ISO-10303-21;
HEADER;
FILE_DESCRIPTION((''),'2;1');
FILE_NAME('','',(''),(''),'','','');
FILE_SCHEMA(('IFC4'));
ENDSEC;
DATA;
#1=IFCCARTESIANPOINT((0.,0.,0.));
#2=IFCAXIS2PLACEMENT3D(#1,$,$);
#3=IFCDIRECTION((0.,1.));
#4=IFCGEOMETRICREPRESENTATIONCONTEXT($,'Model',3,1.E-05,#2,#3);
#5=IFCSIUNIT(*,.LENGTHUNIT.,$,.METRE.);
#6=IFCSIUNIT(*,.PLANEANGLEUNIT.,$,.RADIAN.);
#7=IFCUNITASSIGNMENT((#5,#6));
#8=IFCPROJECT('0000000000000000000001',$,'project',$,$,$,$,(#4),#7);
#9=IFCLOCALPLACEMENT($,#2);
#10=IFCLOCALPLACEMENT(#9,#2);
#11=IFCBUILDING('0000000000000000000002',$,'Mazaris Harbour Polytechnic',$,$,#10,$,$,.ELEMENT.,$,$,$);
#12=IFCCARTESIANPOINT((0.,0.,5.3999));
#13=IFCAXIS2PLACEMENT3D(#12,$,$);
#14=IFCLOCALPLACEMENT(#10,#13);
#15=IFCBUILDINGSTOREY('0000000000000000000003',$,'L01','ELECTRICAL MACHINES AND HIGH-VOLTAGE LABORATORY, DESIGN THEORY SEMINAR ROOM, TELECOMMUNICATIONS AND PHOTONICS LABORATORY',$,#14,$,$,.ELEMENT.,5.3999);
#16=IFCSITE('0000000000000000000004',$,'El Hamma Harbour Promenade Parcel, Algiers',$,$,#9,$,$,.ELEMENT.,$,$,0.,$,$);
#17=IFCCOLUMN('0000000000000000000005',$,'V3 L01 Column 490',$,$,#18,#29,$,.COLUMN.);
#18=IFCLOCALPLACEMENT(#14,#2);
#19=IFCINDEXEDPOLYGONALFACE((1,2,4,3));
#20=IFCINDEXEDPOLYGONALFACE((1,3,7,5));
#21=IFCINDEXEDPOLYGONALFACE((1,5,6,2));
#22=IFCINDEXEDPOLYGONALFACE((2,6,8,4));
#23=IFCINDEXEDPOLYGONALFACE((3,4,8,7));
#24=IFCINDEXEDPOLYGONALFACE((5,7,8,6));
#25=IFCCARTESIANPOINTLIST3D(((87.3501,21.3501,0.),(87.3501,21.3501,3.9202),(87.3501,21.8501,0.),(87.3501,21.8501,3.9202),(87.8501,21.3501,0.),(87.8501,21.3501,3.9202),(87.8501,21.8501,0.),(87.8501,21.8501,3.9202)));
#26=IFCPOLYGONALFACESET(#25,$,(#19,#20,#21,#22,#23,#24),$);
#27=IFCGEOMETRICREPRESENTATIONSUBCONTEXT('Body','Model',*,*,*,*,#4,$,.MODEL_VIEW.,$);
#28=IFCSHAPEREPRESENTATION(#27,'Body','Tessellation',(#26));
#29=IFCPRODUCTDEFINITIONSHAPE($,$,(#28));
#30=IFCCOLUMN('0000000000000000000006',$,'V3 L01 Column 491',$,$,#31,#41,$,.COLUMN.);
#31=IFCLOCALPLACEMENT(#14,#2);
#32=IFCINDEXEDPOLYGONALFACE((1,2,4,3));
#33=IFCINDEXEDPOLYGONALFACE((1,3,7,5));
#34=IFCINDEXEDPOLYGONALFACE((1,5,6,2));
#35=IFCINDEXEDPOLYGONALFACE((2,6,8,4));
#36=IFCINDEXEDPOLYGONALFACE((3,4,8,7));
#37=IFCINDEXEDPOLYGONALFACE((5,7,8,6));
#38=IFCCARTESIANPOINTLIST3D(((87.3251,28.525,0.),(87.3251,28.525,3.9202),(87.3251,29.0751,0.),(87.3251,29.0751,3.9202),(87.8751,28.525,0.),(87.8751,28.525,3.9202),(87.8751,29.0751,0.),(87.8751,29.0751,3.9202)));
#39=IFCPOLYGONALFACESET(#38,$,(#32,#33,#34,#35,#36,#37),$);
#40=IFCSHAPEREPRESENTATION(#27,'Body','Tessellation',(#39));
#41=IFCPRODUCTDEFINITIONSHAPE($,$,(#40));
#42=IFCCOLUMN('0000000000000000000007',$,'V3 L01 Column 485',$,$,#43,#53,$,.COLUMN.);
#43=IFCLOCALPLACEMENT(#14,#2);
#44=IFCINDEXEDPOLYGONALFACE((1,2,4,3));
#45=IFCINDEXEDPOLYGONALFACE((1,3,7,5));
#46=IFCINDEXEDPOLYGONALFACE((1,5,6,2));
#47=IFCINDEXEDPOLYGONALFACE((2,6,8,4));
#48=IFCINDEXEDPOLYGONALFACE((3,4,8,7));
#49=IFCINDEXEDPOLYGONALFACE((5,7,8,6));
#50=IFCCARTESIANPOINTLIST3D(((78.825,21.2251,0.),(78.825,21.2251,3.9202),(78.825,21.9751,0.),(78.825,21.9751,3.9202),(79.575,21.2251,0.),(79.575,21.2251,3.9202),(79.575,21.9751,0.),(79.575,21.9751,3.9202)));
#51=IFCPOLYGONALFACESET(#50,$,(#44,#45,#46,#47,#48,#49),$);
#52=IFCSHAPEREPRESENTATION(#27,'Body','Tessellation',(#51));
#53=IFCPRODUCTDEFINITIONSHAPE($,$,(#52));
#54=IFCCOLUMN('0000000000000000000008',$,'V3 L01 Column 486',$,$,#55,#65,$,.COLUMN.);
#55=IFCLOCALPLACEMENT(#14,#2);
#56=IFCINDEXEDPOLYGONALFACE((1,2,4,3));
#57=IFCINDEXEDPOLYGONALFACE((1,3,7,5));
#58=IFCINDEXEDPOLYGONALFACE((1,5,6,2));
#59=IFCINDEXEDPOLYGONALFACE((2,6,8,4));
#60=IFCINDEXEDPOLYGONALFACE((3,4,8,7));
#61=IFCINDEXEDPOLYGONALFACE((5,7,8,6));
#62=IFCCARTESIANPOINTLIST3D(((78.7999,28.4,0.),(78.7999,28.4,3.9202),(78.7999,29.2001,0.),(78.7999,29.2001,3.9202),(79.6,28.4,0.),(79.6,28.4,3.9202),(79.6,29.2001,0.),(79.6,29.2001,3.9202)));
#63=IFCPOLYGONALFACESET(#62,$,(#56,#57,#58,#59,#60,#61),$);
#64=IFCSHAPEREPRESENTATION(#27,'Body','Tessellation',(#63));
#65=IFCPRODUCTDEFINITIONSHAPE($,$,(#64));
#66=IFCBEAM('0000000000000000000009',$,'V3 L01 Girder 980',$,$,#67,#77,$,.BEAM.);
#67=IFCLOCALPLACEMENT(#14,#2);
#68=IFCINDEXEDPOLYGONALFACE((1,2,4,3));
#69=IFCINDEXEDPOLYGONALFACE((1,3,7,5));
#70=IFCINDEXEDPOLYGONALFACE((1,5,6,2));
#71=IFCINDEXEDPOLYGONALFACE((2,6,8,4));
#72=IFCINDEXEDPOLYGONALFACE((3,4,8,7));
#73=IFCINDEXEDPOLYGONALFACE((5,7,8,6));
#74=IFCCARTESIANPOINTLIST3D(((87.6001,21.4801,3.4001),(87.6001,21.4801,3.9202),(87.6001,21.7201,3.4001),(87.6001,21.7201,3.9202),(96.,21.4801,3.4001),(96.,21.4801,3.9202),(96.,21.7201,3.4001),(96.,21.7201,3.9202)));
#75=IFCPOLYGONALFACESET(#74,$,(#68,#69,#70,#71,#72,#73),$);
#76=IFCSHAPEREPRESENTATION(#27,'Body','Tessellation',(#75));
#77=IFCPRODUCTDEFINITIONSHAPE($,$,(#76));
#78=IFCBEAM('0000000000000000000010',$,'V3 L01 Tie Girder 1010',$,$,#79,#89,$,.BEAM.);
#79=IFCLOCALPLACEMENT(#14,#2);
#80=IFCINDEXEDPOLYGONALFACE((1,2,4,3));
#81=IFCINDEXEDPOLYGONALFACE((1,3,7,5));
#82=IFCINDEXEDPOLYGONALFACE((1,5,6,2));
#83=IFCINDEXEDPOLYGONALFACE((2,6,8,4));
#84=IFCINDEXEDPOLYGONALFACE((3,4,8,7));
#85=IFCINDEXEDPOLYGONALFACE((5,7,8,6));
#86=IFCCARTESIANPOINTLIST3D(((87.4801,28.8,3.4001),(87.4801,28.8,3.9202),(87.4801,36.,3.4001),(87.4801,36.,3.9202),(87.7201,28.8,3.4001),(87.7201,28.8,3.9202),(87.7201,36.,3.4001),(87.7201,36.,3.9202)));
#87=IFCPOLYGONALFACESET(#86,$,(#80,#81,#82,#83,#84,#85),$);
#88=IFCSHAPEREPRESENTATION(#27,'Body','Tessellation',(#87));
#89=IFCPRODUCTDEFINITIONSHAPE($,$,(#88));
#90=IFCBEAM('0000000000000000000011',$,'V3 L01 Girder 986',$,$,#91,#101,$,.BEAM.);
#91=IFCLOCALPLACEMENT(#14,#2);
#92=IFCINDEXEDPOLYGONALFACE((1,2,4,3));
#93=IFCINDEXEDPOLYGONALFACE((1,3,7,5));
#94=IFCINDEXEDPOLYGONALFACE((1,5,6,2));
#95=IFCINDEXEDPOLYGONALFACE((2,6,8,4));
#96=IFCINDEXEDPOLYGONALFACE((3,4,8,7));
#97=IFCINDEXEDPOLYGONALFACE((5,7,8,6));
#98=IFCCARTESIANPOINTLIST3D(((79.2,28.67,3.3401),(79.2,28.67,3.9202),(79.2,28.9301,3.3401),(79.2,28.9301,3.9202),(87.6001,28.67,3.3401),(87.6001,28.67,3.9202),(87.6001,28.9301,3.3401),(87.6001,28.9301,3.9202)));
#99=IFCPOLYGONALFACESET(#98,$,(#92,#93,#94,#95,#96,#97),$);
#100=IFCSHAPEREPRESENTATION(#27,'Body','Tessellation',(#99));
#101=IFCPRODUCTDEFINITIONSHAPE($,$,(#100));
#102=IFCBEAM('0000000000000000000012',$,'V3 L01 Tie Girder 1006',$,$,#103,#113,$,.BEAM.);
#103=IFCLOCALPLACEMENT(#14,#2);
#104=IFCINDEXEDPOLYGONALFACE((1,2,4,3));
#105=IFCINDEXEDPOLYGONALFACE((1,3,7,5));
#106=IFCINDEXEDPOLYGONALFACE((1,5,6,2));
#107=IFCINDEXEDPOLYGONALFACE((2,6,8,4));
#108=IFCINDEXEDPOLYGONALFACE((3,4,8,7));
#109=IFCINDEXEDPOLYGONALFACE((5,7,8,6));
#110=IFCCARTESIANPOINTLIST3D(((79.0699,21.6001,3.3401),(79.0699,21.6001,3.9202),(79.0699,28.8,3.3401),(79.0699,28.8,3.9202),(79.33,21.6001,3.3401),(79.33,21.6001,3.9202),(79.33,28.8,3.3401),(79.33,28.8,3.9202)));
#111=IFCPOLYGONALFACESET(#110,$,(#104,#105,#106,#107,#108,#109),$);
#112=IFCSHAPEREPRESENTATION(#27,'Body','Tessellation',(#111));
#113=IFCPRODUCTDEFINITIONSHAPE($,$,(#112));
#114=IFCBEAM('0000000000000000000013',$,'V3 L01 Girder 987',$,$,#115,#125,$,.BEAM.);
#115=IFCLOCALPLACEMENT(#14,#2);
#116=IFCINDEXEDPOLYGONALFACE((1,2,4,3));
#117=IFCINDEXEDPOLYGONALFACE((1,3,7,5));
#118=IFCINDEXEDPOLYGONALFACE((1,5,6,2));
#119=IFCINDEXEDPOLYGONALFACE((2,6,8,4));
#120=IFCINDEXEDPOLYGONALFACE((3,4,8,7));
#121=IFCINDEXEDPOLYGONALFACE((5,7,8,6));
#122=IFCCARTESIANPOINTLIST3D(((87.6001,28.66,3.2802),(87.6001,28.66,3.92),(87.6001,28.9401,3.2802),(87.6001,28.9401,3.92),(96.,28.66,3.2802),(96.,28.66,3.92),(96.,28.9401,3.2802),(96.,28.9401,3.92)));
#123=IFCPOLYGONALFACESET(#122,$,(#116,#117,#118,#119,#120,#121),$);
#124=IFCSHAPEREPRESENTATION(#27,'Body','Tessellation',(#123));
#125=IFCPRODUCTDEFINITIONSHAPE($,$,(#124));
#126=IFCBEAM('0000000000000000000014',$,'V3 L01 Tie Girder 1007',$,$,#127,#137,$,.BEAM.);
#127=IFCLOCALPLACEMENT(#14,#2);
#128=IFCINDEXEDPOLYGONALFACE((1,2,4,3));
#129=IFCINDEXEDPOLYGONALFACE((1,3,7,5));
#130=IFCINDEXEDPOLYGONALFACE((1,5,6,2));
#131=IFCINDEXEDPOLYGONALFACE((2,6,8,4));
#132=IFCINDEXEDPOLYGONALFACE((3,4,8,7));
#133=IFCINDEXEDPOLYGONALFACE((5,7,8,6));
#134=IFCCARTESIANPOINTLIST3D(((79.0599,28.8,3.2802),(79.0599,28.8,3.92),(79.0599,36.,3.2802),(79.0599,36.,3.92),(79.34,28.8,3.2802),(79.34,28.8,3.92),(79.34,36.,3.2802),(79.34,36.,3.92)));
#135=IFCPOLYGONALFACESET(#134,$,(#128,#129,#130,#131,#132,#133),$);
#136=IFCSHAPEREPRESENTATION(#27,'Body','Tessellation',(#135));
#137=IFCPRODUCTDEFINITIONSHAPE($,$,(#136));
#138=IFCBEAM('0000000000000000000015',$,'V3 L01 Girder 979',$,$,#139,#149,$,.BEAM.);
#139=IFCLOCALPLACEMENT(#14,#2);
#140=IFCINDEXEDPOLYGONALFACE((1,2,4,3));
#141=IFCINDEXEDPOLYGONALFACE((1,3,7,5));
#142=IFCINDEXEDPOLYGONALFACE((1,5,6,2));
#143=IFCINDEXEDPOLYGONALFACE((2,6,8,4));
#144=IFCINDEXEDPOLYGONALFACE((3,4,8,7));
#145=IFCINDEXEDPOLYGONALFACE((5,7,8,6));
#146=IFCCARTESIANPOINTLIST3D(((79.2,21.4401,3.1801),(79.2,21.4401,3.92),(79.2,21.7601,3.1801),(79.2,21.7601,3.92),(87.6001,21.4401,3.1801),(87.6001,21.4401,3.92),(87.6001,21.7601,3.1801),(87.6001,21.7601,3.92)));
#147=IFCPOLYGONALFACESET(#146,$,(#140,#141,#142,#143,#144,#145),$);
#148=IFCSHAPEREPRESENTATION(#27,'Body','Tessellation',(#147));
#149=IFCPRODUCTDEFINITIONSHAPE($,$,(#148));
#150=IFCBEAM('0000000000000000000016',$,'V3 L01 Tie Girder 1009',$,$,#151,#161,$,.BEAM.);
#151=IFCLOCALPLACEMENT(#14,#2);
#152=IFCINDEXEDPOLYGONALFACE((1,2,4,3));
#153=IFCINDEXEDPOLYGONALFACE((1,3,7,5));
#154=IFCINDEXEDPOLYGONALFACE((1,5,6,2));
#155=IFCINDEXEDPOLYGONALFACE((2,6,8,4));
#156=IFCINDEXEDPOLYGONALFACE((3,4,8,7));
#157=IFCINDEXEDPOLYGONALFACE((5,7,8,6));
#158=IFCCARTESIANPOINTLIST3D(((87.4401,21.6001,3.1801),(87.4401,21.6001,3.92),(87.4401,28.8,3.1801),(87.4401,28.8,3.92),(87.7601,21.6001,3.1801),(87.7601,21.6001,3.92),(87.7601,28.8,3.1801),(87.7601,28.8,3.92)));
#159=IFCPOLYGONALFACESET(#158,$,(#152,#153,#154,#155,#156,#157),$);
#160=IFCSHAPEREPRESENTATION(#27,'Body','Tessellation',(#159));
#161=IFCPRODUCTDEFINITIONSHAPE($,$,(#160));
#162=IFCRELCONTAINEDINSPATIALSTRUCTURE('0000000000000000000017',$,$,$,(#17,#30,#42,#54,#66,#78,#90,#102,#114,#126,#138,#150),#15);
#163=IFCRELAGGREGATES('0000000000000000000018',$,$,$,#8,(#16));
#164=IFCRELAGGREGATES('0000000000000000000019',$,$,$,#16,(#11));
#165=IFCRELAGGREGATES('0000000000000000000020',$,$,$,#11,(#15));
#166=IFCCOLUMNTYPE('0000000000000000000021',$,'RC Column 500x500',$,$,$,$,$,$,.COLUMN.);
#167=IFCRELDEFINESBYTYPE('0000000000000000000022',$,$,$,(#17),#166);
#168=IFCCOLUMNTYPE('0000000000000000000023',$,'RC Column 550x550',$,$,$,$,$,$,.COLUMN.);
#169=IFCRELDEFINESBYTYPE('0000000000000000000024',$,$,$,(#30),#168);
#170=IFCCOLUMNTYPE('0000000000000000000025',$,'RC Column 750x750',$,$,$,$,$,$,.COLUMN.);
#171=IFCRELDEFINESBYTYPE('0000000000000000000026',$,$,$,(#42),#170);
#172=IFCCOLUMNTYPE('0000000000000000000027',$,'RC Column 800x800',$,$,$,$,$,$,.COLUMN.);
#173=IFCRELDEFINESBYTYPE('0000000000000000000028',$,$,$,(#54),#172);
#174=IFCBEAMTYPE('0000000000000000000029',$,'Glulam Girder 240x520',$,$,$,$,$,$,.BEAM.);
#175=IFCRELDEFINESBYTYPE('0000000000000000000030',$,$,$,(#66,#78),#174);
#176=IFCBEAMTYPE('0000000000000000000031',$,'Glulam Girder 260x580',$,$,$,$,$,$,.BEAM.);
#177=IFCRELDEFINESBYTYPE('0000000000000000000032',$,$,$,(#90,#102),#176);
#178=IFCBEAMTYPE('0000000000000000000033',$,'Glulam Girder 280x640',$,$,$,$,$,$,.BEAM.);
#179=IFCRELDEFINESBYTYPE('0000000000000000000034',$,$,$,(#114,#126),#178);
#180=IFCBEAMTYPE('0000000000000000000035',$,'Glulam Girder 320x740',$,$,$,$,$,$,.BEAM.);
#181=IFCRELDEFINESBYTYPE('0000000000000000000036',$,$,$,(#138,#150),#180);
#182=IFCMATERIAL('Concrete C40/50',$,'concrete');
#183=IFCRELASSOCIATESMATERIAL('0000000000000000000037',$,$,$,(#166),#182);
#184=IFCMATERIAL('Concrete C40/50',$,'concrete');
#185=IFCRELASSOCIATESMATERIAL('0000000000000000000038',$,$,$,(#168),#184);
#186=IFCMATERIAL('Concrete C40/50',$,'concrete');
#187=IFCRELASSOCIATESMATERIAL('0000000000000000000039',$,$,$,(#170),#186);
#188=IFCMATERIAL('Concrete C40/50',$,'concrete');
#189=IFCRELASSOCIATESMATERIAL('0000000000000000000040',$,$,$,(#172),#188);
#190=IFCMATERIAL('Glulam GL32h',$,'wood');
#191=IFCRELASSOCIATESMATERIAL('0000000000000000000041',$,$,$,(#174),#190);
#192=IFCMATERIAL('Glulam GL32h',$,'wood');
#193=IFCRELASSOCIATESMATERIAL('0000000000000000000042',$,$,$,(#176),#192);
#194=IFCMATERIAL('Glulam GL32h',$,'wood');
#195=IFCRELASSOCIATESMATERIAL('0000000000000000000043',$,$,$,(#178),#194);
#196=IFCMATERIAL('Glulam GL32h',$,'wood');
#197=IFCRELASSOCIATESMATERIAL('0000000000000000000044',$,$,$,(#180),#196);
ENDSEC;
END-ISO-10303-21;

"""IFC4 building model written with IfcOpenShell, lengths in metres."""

from ifc_helpers import new_model, si_unit, direction, frame, origin, origin_2d, place, context, subcontext, project, spatial, rectangle, extrude, material, material_profile, profile_set, type_object, element, save


model = new_model("IFC4")

# Units and contexts
model_context = context("Model", 3, precision=1e-05, world=origin(), true_north=direction((0.0, 1.0)))
body_context = subcontext(model_context, "Body", "Model", "MODEL_VIEW")
ifc_project = project(units=[si_unit("LENGTHUNIT", "METRE"), si_unit("PLANEANGLEUNIT", "RADIAN")], contexts=[model_context])

# Site, building, storey
site_placement = place(None, origin())
site = spatial("IfcSite", under=ifc_project, at=site_placement, Name="El Hamma Harbour Promenade Parcel, Algiers", CompositionType="ELEMENT", RefElevation=0.0)
building_placement = place(site_placement, origin())
building = spatial("IfcBuilding", under=site, at=building_placement, Name="Mazaris Harbour Polytechnic", CompositionType="ELEMENT")
storey_placement = place(building_placement, frame((0.0, 0.0, 5.3999)))
storey = spatial("IfcBuildingStorey", under=building, at=storey_placement, Name="L01", Description="ELECTRICAL MACHINES AND HIGH-VOLTAGE LABORATORY, DESIGN THEORY SEMINAR ROOM, TELECOMMUNICATIONS AND PHOTONICS LABORATORY", CompositionType="ELEMENT", Elevation=5.3999)

# Columns
ifc_material_1 = material(Name="Concrete C40/50", Category="concrete")
ifc_material_profile_1 = material_profile(ifc_material_1, rectangle(XDim=0.5, YDim=0.5, at=origin_2d()), Name="RECT500x500")
ifc_profile_set_1 = profile_set([ifc_material_profile_1], Name="Concrete C40/50")
column_type_1 = type_object("IfcColumnType", Name="RC Column 500x500", PredefinedType="COLUMN", material=ifc_profile_set_1)
column_1_placement = place(storey_placement, frame((87.6001, 21.6001, 0.0), z_axis=(0.0, 0.0, 1.0), x_axis=(1.0, 0.0, 0.0)))
element("IfcColumn", 1, at=column_1_placement, inside=storey, type_object=column_type_1, Name="V3 L01 Column 490", PredefinedType="COLUMN", context=body_context, shape_type="SweptSolid", body=[
    extrude(rectangle(XDim=0.5, YDim=0.5, at=origin_2d()), origin(), (0.0, 0.0, 1.0), 3.9202),
])
ifc_material_2 = material(Name="Concrete C40/50", Category="concrete")
ifc_material_profile_2 = material_profile(ifc_material_2, rectangle(XDim=0.55, YDim=0.55, at=origin_2d()), Name="RECT550x550")
ifc_profile_set_2 = profile_set([ifc_material_profile_2], Name="Concrete C40/50")
column_type_2 = type_object("IfcColumnType", Name="RC Column 550x550", PredefinedType="COLUMN", material=ifc_profile_set_2)
column_2_placement = place(storey_placement, frame((87.6001, 28.8, 0.0), z_axis=(0.0, 0.0, 1.0), x_axis=(1.0, 0.0, 0.0)))
element("IfcColumn", 2, at=column_2_placement, inside=storey, type_object=column_type_2, Name="V3 L01 Column 491", PredefinedType="COLUMN", context=body_context, shape_type="SweptSolid", body=[
    extrude(rectangle(XDim=0.55, YDim=0.55, at=origin_2d()), origin(), (0.0, 0.0, 1.0), 3.9202),
])
ifc_material_3 = material(Name="Concrete C40/50", Category="concrete")
ifc_material_profile_3 = material_profile(ifc_material_3, rectangle(XDim=0.75, YDim=0.75, at=origin_2d()), Name="RECT750x750")
ifc_profile_set_3 = profile_set([ifc_material_profile_3], Name="Concrete C40/50")
column_type_3 = type_object("IfcColumnType", Name="RC Column 750x750", PredefinedType="COLUMN", material=ifc_profile_set_3)
column_3_placement = place(storey_placement, frame((79.2, 21.6001, 0.0), z_axis=(0.0, 0.0, 1.0), x_axis=(1.0, 0.0, 0.0)))
element("IfcColumn", 3, at=column_3_placement, inside=storey, type_object=column_type_3, Name="V3 L01 Column 485", PredefinedType="COLUMN", context=body_context, shape_type="SweptSolid", body=[
    extrude(rectangle(XDim=0.75, YDim=0.75, at=origin_2d()), origin(), (0.0, 0.0, 1.0), 3.9202),
])
ifc_material_4 = material(Name="Concrete C40/50", Category="concrete")
ifc_material_profile_4 = material_profile(ifc_material_4, rectangle(XDim=0.8, YDim=0.8, at=origin_2d()), Name="RECT800x800")
ifc_profile_set_4 = profile_set([ifc_material_profile_4], Name="Concrete C40/50")
column_type_4 = type_object("IfcColumnType", Name="RC Column 800x800", PredefinedType="COLUMN", material=ifc_profile_set_4)
column_4_placement = place(storey_placement, frame((79.2, 28.8, 0.0), z_axis=(0.0, 0.0, 1.0), x_axis=(1.0, 0.0, 0.0)))
element("IfcColumn", 4, at=column_4_placement, inside=storey, type_object=column_type_4, Name="V3 L01 Column 486", PredefinedType="COLUMN", context=body_context, shape_type="SweptSolid", body=[
    extrude(rectangle(XDim=0.8, YDim=0.8, at=origin_2d()), origin(), (0.0, 0.0, 1.0), 3.9202),
])

# Beams
ifc_material_5 = material(Name="Glulam GL32h", Category="wood")
ifc_material_profile_5 = material_profile(ifc_material_5, rectangle(XDim=0.24, YDim=0.52, at=origin_2d()), Name="RECT240x520")
ifc_profile_set_5 = profile_set([ifc_material_profile_5], Name="Glulam GL32h")
beam_type_1 = type_object("IfcBeamType", Name="Glulam Girder 240x520", PredefinedType="BEAM", material=ifc_profile_set_5)
beam_1_placement = place(storey_placement, frame((87.6001, 21.6001, 3.6602), z_axis=(1.0, 0.0, 0.0), x_axis=(0.0, 1.0, 0.0)))
element("IfcBeam", 5, at=beam_1_placement, inside=storey, type_object=beam_type_1, Name="V3 L01 Girder 980", PredefinedType="BEAM", context=body_context, shape_type="SweptSolid", body=[
    extrude(rectangle(XDim=0.24, YDim=0.52, at=origin_2d()), origin(), (0.0, 0.0, 1.0), 8.3999),
])
beam_2_placement = place(storey_placement, frame((87.6001, 28.8, 3.6602), z_axis=(0.0, 1.0, 0.0), x_axis=(-1.0, 0.0, 0.0)))
element("IfcBeam", 6, at=beam_2_placement, inside=storey, type_object=beam_type_1, Name="V3 L01 Tie Girder 1010", PredefinedType="BEAM", context=body_context, shape_type="SweptSolid", body=[
    extrude(rectangle(XDim=0.24, YDim=0.52, at=origin_2d()), origin(), (0.0, 0.0, 1.0), 7.2),
])
ifc_material_6 = material(Name="Glulam GL32h", Category="wood")
ifc_material_profile_6 = material_profile(ifc_material_6, rectangle(XDim=0.26, YDim=0.5801, at=origin_2d()), Name="RECT260x580")
ifc_profile_set_6 = profile_set([ifc_material_profile_6], Name="Glulam GL32h")
beam_type_2 = type_object("IfcBeamType", Name="Glulam Girder 260x580", PredefinedType="BEAM", material=ifc_profile_set_6)
beam_3_placement = place(storey_placement, frame((79.2, 28.8, 3.6301), z_axis=(1.0, 0.0, 0.0), x_axis=(0.0, 1.0, 0.0)))
element("IfcBeam", 7, at=beam_3_placement, inside=storey, type_object=beam_type_2, Name="V3 L01 Girder 986", PredefinedType="BEAM", context=body_context, shape_type="SweptSolid", body=[
    extrude(rectangle(XDim=0.26, YDim=0.5801, at=origin_2d()), origin(), (0.0, 0.0, 1.0), 8.4001),
])
beam_4_placement = place(storey_placement, frame((79.2, 21.6001, 3.6301), z_axis=(0.0, 1.0, 0.0), x_axis=(-1.0, 0.0, 0.0)))
element("IfcBeam", 8, at=beam_4_placement, inside=storey, type_object=beam_type_2, Name="V3 L01 Tie Girder 1006", PredefinedType="BEAM", context=body_context, shape_type="SweptSolid", body=[
    extrude(rectangle(XDim=0.26, YDim=0.5801, at=origin_2d()), origin(), (0.0, 0.0, 1.0), 7.2),
])
ifc_material_7 = material(Name="Glulam GL32h", Category="wood")
ifc_material_profile_7 = material_profile(ifc_material_7, rectangle(XDim=0.28, YDim=0.6399, at=origin_2d()), Name="RECT280x640")
ifc_profile_set_7 = profile_set([ifc_material_profile_7], Name="Glulam GL32h")
beam_type_3 = type_object("IfcBeamType", Name="Glulam Girder 280x640", PredefinedType="BEAM", material=ifc_profile_set_7)
beam_5_placement = place(storey_placement, frame((87.6001, 28.8, 3.6001), z_axis=(1.0, 0.0, 0.0), x_axis=(0.0, 1.0, 0.0)))
element("IfcBeam", 9, at=beam_5_placement, inside=storey, type_object=beam_type_3, Name="V3 L01 Girder 987", PredefinedType="BEAM", context=body_context, shape_type="SweptSolid", body=[
    extrude(rectangle(XDim=0.28, YDim=0.6399, at=origin_2d()), origin(), (0.0, 0.0, 1.0), 8.3999),
])
beam_6_placement = place(storey_placement, frame((79.2, 28.8, 3.6001), z_axis=(0.0, 1.0, 0.0), x_axis=(-1.0, 0.0, 0.0)))
element("IfcBeam", 10, at=beam_6_placement, inside=storey, type_object=beam_type_3, Name="V3 L01 Tie Girder 1007", PredefinedType="BEAM", context=body_context, shape_type="SweptSolid", body=[
    extrude(rectangle(XDim=0.28, YDim=0.6399, at=origin_2d()), origin(), (0.0, 0.0, 1.0), 7.2),
])
ifc_material_8 = material(Name="Glulam GL32h", Category="wood")
ifc_material_profile_8 = material_profile(ifc_material_8, rectangle(XDim=0.3201, YDim=0.74, at=origin_2d()), Name="RECT320x740")
ifc_profile_set_8 = profile_set([ifc_material_profile_8], Name="Glulam GL32h")
beam_type_4 = type_object("IfcBeamType", Name="Glulam Girder 320x740", PredefinedType="BEAM", material=ifc_profile_set_8)
beam_7_placement = place(storey_placement, frame((79.2, 21.6001, 3.55), z_axis=(1.0, 0.0, 0.0), x_axis=(0.0, 1.0, 0.0)))
element("IfcBeam", 11, at=beam_7_placement, inside=storey, type_object=beam_type_4, Name="V3 L01 Girder 979", PredefinedType="BEAM", context=body_context, shape_type="SweptSolid", body=[
    extrude(rectangle(XDim=0.3201, YDim=0.74, at=origin_2d()), origin(), (0.0, 0.0, 1.0), 8.4001),
])
beam_8_placement = place(storey_placement, frame((87.6001, 21.6001, 3.55), z_axis=(0.0, 1.0, 0.0), x_axis=(-1.0, 0.0, 0.0)))
element("IfcBeam", 12, at=beam_8_placement, inside=storey, type_object=beam_type_4, Name="V3 L01 Tie Girder 1009", PredefinedType="BEAM", context=body_context, shape_type="SweptSolid", body=[
    extrude(rectangle(XDim=0.3201, YDim=0.74, at=origin_2d()), origin(), (0.0, 0.0, 1.0), 7.2),
])

save(model, "model.ifc")
